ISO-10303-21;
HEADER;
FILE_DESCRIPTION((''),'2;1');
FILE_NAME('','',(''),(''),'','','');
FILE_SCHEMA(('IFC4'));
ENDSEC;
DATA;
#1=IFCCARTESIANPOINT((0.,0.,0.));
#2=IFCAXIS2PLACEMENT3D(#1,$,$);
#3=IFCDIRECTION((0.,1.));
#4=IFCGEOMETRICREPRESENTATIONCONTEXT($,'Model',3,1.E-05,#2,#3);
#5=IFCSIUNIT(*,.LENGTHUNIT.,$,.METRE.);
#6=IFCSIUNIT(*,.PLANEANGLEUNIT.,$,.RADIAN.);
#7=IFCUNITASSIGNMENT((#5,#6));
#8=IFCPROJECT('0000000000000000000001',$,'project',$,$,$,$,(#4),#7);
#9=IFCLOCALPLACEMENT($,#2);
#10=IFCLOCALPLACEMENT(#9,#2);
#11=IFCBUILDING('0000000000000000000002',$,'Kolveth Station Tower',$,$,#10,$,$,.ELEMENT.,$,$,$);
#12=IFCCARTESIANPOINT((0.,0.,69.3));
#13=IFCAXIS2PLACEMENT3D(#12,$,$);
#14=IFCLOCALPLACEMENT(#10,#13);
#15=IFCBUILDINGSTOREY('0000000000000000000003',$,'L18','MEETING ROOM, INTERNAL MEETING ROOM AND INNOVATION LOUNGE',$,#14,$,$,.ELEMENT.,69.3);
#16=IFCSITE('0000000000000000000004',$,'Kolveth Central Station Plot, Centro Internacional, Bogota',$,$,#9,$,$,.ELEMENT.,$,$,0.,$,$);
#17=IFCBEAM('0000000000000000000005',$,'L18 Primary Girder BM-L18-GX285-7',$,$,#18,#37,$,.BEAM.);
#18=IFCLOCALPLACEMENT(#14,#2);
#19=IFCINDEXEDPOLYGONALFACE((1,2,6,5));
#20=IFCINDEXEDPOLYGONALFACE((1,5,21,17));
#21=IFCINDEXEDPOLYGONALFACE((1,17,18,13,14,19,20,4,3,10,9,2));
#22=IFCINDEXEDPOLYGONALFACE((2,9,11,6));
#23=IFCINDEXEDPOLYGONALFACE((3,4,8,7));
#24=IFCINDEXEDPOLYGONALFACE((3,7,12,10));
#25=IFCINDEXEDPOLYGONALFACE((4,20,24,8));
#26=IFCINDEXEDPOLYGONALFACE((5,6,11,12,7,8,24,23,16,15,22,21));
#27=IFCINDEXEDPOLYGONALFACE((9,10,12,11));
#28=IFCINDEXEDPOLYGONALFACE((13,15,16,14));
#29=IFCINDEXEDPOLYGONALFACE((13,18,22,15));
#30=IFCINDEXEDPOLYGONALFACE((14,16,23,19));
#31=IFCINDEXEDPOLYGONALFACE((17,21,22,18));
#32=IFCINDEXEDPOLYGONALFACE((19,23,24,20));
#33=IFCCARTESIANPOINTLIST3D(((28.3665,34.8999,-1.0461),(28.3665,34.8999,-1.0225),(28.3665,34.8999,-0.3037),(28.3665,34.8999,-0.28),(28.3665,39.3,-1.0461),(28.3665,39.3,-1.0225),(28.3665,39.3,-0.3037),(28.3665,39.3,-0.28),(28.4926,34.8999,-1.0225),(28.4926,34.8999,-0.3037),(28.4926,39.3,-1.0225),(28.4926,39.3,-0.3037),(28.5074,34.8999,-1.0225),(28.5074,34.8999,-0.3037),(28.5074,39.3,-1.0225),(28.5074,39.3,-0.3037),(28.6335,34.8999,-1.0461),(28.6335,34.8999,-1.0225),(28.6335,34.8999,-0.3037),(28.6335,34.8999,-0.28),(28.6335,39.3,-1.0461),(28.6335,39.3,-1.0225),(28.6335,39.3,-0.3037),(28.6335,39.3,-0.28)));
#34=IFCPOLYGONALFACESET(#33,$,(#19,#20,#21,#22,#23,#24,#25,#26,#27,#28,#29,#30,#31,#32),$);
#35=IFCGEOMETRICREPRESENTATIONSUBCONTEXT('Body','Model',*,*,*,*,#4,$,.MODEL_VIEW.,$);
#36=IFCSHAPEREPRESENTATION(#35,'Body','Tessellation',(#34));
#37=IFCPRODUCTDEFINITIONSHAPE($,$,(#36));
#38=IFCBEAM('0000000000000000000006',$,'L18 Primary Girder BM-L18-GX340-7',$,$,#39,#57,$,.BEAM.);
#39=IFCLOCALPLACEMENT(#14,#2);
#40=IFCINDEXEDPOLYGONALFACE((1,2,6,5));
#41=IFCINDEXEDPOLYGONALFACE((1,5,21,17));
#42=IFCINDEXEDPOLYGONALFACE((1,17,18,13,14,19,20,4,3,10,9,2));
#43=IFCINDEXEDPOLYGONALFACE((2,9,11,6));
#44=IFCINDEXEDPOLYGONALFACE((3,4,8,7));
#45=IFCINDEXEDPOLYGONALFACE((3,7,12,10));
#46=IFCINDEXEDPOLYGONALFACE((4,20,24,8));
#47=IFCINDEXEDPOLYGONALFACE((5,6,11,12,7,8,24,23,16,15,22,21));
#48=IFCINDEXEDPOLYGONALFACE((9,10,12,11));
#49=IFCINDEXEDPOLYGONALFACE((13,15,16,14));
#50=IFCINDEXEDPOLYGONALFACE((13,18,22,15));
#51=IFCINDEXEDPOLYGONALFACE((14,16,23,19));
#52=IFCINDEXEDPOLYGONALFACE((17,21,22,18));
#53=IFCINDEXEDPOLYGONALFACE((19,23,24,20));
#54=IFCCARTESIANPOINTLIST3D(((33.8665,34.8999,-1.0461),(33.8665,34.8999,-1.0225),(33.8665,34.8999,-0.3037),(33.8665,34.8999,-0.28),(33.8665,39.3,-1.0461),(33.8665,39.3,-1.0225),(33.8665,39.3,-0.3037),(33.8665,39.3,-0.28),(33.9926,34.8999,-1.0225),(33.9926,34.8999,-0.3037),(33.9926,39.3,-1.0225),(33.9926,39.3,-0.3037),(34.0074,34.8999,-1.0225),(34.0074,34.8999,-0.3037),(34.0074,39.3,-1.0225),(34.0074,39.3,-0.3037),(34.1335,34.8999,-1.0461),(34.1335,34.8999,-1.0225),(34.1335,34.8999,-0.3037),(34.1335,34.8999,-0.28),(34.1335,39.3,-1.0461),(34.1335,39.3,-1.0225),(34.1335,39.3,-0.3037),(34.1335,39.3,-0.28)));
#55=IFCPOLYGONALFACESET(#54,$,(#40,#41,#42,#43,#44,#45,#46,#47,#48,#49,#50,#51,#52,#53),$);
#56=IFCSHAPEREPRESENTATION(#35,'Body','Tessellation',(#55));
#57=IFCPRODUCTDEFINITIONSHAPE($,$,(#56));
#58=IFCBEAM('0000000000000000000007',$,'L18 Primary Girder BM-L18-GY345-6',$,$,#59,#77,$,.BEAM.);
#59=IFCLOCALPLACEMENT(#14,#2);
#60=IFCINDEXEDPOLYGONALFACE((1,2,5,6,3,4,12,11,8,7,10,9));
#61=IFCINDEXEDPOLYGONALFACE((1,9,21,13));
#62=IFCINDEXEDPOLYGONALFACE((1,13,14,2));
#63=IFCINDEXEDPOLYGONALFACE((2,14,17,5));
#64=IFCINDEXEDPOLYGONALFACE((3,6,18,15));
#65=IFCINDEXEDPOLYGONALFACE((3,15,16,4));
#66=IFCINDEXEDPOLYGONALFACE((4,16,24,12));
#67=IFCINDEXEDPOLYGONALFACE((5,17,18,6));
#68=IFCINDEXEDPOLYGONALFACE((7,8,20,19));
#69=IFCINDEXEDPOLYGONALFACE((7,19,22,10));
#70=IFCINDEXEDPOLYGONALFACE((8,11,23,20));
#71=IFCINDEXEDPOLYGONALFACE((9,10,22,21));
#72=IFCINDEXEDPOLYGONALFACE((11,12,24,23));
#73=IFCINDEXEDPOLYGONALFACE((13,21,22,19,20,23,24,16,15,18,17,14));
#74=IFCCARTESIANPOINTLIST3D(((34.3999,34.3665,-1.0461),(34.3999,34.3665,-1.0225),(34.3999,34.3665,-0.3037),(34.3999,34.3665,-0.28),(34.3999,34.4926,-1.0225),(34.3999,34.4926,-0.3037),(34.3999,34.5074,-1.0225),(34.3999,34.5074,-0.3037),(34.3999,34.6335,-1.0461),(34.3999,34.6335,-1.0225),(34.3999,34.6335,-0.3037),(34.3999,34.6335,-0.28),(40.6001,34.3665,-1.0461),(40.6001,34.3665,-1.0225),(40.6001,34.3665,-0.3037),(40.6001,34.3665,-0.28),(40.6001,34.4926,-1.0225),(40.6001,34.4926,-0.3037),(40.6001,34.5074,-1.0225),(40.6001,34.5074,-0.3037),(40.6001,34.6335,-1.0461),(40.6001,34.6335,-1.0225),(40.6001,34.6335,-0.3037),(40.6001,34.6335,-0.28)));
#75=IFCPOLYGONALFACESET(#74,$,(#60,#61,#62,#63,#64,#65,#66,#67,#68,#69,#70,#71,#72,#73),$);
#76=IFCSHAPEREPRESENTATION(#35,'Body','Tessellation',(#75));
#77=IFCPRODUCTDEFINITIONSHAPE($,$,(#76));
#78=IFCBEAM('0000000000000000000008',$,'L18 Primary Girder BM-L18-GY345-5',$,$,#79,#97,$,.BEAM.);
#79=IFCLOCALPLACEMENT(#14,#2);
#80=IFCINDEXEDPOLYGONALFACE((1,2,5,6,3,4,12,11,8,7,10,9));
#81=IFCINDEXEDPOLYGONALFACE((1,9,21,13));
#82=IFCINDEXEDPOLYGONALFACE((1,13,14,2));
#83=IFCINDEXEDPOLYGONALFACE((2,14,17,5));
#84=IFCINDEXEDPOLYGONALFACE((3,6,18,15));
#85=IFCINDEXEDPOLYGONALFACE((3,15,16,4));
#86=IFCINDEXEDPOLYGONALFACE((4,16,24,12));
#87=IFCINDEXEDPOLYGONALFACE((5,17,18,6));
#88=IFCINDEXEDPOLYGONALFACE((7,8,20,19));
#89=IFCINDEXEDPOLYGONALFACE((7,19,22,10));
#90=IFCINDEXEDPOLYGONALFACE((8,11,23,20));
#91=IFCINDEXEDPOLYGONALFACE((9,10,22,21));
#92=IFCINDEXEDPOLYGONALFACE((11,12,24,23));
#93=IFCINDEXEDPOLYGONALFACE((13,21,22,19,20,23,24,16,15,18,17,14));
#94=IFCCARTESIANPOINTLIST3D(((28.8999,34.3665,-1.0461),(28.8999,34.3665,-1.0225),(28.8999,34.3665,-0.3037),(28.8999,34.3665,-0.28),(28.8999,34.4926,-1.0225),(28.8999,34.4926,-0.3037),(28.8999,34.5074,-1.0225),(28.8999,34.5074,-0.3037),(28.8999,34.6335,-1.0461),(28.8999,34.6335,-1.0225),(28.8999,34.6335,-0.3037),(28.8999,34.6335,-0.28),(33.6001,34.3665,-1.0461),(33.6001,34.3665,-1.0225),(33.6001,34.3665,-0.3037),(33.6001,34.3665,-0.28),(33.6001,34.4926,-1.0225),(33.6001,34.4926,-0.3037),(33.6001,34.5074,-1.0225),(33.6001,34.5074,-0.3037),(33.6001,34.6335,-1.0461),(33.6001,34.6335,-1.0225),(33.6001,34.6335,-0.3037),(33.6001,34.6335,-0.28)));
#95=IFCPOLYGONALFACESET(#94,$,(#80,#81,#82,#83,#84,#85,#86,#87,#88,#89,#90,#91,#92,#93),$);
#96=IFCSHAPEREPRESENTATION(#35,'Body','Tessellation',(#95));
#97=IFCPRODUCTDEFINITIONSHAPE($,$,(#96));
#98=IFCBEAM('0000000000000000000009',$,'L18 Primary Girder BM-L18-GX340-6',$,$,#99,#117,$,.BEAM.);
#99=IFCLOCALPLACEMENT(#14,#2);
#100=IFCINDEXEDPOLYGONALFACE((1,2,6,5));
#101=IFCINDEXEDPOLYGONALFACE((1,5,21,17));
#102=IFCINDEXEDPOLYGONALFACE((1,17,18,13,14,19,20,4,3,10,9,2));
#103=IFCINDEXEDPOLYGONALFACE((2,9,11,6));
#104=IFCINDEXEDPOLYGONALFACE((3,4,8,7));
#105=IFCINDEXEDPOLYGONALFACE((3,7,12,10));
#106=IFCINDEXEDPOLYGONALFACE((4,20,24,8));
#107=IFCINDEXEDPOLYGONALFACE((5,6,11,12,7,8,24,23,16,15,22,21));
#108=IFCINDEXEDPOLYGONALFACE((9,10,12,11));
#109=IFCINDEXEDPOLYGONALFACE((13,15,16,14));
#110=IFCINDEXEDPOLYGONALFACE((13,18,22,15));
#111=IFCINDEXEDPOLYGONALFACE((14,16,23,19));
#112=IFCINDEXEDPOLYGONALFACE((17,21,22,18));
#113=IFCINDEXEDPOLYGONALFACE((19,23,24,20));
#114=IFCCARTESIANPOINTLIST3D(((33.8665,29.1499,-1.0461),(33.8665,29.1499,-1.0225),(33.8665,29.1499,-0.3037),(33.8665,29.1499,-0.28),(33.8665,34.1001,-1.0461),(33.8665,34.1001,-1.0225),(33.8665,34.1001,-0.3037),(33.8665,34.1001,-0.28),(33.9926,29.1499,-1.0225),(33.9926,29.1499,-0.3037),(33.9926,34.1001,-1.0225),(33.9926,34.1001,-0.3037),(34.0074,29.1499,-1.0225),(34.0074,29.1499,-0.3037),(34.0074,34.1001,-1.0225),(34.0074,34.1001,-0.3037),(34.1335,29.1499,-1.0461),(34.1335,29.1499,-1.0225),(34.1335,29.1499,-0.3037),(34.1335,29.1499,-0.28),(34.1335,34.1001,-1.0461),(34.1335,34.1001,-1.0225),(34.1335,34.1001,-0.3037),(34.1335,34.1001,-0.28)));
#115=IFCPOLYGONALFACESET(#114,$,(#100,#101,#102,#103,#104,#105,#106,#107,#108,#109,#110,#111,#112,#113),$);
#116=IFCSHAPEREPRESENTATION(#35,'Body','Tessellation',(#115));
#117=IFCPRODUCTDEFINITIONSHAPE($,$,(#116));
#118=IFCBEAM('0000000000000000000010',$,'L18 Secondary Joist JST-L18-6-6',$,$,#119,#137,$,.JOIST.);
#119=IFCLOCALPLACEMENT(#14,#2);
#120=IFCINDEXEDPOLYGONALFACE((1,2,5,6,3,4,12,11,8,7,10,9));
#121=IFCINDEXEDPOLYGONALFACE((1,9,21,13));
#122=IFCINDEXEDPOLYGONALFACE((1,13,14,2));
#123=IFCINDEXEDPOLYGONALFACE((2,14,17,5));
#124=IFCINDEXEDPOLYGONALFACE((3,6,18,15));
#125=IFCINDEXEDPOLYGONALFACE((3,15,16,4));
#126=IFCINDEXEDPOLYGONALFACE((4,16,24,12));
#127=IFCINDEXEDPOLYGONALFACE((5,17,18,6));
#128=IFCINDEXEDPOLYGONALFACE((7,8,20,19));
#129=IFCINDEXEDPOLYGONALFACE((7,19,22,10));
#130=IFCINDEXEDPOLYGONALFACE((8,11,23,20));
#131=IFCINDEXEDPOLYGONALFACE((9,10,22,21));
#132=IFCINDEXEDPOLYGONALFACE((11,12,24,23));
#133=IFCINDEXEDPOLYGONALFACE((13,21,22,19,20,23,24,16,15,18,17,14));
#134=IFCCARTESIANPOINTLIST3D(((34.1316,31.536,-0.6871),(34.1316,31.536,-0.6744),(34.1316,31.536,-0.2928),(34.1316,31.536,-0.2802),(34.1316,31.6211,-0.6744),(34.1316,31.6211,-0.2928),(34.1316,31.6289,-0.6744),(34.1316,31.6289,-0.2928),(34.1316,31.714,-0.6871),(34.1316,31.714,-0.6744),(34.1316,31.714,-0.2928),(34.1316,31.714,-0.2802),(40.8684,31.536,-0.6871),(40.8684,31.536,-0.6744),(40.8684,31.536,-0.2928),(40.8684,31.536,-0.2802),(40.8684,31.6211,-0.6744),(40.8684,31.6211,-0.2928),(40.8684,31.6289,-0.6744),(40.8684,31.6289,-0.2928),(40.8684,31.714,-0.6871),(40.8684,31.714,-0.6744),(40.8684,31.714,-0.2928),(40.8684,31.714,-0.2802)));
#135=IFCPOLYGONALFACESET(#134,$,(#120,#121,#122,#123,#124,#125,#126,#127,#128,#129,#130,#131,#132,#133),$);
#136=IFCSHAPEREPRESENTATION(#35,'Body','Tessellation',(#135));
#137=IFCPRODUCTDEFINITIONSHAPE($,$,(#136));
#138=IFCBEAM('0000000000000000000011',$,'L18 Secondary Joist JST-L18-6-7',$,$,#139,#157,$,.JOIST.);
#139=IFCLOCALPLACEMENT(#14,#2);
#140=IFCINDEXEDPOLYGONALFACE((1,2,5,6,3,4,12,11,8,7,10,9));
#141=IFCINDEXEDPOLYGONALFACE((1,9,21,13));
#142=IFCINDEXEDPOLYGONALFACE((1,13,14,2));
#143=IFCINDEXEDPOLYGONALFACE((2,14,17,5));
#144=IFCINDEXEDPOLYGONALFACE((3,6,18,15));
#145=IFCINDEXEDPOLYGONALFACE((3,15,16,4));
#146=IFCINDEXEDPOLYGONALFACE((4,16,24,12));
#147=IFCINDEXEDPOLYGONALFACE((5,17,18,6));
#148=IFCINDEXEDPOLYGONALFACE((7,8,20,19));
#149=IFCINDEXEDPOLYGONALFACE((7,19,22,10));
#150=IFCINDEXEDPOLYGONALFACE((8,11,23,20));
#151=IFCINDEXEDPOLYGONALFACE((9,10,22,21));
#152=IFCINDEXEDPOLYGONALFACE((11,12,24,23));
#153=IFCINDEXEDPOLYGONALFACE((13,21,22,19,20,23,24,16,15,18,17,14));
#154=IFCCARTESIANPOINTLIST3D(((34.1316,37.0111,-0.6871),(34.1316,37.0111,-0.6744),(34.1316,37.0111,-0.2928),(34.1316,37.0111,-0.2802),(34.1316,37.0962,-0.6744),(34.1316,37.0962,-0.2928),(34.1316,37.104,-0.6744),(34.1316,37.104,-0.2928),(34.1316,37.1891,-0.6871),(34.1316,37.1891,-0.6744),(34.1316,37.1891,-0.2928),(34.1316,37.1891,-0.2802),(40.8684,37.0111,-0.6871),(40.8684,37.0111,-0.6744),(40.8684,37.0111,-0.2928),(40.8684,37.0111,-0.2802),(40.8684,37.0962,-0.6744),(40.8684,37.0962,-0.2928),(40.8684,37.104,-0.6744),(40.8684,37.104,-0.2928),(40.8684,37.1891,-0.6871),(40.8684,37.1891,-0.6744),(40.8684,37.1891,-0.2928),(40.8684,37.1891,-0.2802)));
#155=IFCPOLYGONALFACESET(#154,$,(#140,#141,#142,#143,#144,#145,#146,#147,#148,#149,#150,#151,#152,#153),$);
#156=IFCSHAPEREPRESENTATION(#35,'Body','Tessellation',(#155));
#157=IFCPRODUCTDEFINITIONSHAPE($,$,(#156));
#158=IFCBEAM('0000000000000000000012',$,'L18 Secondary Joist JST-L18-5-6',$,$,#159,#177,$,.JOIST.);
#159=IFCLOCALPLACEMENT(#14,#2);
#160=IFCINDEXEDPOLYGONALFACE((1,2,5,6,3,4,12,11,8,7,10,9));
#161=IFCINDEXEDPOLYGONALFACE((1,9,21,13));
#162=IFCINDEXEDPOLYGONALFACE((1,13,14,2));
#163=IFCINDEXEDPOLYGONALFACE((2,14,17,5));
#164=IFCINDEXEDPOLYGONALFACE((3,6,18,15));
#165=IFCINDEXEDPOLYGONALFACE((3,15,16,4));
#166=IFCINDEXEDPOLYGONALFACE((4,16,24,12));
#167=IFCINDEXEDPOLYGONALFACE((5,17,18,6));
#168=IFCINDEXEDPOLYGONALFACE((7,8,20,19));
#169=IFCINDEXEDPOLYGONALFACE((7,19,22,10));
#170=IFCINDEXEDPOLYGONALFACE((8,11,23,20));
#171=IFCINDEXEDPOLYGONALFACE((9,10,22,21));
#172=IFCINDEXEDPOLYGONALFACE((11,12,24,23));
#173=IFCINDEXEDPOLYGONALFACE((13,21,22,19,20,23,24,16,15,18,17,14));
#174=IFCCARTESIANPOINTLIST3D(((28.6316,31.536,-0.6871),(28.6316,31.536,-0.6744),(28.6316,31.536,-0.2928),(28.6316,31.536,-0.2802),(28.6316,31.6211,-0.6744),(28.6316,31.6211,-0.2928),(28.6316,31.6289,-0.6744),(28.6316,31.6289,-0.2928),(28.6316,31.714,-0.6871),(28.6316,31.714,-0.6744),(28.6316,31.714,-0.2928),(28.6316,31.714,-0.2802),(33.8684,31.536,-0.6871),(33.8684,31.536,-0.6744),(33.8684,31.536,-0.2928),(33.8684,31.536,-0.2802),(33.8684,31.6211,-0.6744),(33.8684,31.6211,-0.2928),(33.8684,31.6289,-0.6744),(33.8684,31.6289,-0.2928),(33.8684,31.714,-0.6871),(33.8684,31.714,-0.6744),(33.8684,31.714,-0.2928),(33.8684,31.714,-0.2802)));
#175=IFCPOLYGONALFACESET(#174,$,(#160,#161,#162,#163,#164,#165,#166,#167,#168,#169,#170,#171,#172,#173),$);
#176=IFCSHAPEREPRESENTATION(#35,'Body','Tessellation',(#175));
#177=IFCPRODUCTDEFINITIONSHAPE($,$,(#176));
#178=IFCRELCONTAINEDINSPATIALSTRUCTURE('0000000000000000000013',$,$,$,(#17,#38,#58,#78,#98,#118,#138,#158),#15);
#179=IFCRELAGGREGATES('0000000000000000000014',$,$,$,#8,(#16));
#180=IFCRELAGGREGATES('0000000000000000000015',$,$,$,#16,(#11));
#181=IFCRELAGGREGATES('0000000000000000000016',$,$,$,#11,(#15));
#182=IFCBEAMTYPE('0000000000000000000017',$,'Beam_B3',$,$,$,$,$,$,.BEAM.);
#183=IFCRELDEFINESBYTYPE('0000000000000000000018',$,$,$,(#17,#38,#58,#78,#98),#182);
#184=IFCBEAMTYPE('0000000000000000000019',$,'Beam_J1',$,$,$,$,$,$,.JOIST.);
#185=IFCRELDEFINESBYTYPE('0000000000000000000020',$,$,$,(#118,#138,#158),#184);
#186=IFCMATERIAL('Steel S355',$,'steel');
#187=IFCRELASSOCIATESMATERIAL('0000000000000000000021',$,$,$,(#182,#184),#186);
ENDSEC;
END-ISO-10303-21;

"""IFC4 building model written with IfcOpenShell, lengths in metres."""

from ifc_helpers import new_model, si_unit, direction, frame, origin, origin_2d, place, context, subcontext, project, spatial, i_section, extrude, source, transform, mapped, material, material_profile, profile_set, type_object, element, save


model = new_model("IFC4")

# Units and contexts
model_context = context("Model", 3, precision=1e-05, world=origin(), true_north=direction((0.0, 1.0)))
body_context = subcontext(model_context, "Body", "Model", "MODEL_VIEW")
ifc_project = project(units=[si_unit("LENGTHUNIT", "METRE"), si_unit("PLANEANGLEUNIT", "RADIAN")], contexts=[model_context])

# Site, building, storey
site_placement = place(None, origin())
site = spatial("IfcSite", under=ifc_project, at=site_placement, Name="Kolveth Central Station Plot, Centro Internacional, Bogota", CompositionType="ELEMENT", RefElevation=0.0)
building_placement = place(site_placement, origin())
building = spatial("IfcBuilding", under=site, at=building_placement, Name="Kolveth Station Tower", CompositionType="ELEMENT")
storey_placement = place(building_placement, frame((0.0, 0.0, 69.3)))
storey = spatial("IfcBuildingStorey", under=building, at=storey_placement, Name="L18", Description="MEETING ROOM, INTERNAL MEETING ROOM AND INNOVATION LOUNGE", CompositionType="ELEMENT", Elevation=69.3)

# Shared definitions
ifc_material_1 = material(Name="Steel S355", Category="steel")

# Beams
ifc_material_profile_1 = material_profile(ifc_material_1, i_section(OverallWidth=0.2671, OverallDepth=0.7661, WebThickness=0.0149, FlangeThickness=0.0237, at=origin_2d()), Name="W760x185")
ifc_profile_set_1 = profile_set([ifc_material_profile_1], Name="Steel S355")
beam_type_1 = type_object("IfcBeamType", Name="Beam_B3", PredefinedType="BEAM", material=ifc_profile_set_1)
shared_shape_1 = source(origin(), body_context, "Body", "SweptSolid", [
    extrude(i_section(OverallWidth=0.2671, OverallDepth=0.7661, WebThickness=0.0149, FlangeThickness=0.0237, at=origin_2d()), origin(), (0.0, 0.0, 1.0), 4.4001),
])
for number, where, z_axis, x_axis, name in (
    (1, (28.5, 34.8999, -0.6631), (0.0, 1.0, 0.0), (-1.0, 0.0, 0.0), "L18 Primary Girder BM-L18-GX285-7"),
    (2, (34.0, 34.8999, -0.6631), (0.0, 1.0, 0.0), (-1.0, 0.0, 0.0), "L18 Primary Girder BM-L18-GX340-7"),
):
    element("IfcBeam", number, at=place(storey_placement, frame(where, z_axis=z_axis, x_axis=x_axis)), inside=storey, type_object=beam_type_1, Name=name, PredefinedType="BEAM", context=body_context, shape_type="MappedRepresentation", body=[
        mapped(shared_shape_1, transform((0.0, 0.0, 0.0), x_axis=(1.0, 0.0, 0.0), y_axis=(0.0, 1.0, 0.0), z_axis=(0.0, 0.0, 1.0), scale=1.0)),
    ])
shared_shape_2 = source(origin(), body_context, "Body", "SweptSolid", [
    extrude(i_section(OverallWidth=0.2671, OverallDepth=0.7661, WebThickness=0.0149, FlangeThickness=0.0237, at=origin_2d()), origin(), (0.0, 0.0, 1.0), 6.2002),
])
beam_1_placement = place(storey_placement, frame((34.3999, 34.5, -0.6631), z_axis=(1.0, 0.0, 0.0), x_axis=(0.0, 1.0, 0.0)))
element("IfcBeam", 3, at=beam_1_placement, inside=storey, type_object=beam_type_1, Name="L18 Primary Girder BM-L18-GY345-6", PredefinedType="BEAM", context=body_context, shape_type="MappedRepresentation", body=[
    mapped(shared_shape_2, transform((0.0, 0.0, 0.0), x_axis=(1.0, 0.0, 0.0), y_axis=(0.0, 1.0, 0.0), z_axis=(0.0, 0.0, 1.0), scale=1.0)),
])
shared_shape_3 = source(origin(), body_context, "Body", "SweptSolid", [
    extrude(i_section(OverallWidth=0.2671, OverallDepth=0.7661, WebThickness=0.0149, FlangeThickness=0.0237, at=origin_2d()), origin(), (0.0, 0.0, 1.0), 4.7002),
])
beam_2_placement = place(storey_placement, frame((28.8999, 34.5, -0.6631), z_axis=(1.0, 0.0, 0.0), x_axis=(0.0, 1.0, 0.0)))
element("IfcBeam", 4, at=beam_2_placement, inside=storey, type_object=beam_type_1, Name="L18 Primary Girder BM-L18-GY345-5", PredefinedType="BEAM", context=body_context, shape_type="MappedRepresentation", body=[
    mapped(shared_shape_3, transform((0.0, 0.0, 0.0), x_axis=(1.0, 0.0, 0.0), y_axis=(0.0, 1.0, 0.0), z_axis=(0.0, 0.0, 1.0), scale=1.0)),
])
shared_shape_4 = source(origin(), body_context, "Body", "SweptSolid", [
    extrude(i_section(OverallWidth=0.2671, OverallDepth=0.7661, WebThickness=0.0149, FlangeThickness=0.0237, at=origin_2d()), origin(), (0.0, 0.0, 1.0), 4.9502),
])
beam_3_placement = place(storey_placement, frame((34.0, 29.1499, -0.6631), z_axis=(0.0, 1.0, 0.0), x_axis=(-1.0, 0.0, 0.0)))
element("IfcBeam", 5, at=beam_3_placement, inside=storey, type_object=beam_type_1, Name="L18 Primary Girder BM-L18-GX340-6", PredefinedType="BEAM", context=body_context, shape_type="MappedRepresentation", body=[
    mapped(shared_shape_4, transform((0.0, 0.0, 0.0), x_axis=(1.0, 0.0, 0.0), y_axis=(0.0, 1.0, 0.0), z_axis=(0.0, 0.0, 1.0), scale=1.0)),
])
ifc_material_profile_2 = material_profile(ifc_material_1, i_section(OverallWidth=0.178, OverallDepth=0.407, WebThickness=0.0078, FlangeThickness=0.0127, at=origin_2d()), Name="W410x60")
ifc_profile_set_2 = profile_set([ifc_material_profile_2], Name="Steel S355")
beam_type_2 = type_object("IfcBeamType", Name="Beam_J1", PredefinedType="JOIST", material=ifc_profile_set_2)
shared_shape_5 = source(origin(), body_context, "Body", "SweptSolid", [
    extrude(i_section(OverallWidth=0.178, OverallDepth=0.407, WebThickness=0.0078, FlangeThickness=0.0127, at=origin_2d()), origin(), (0.0, 0.0, 1.0), 6.7368),
])
for number, where, z_axis, x_axis, name in (
    (6, (34.1316, 31.625, -0.4836), (1.0, 0.0, 0.0), (0.0, 1.0, 0.0), "L18 Secondary Joist JST-L18-6-6"),
    (7, (34.1316, 37.1001, -0.4836), (1.0, 0.0, 0.0), (0.0, 1.0, 0.0), "L18 Secondary Joist JST-L18-6-7"),
):
    element("IfcBeam", number, at=place(storey_placement, frame(where, z_axis=z_axis, x_axis=x_axis)), inside=storey, type_object=beam_type_2, Name=name, PredefinedType="JOIST", context=body_context, shape_type="MappedRepresentation", body=[
        mapped(shared_shape_5, transform((0.0, 0.0, 0.0), x_axis=(1.0, 0.0, 0.0), y_axis=(0.0, 1.0, 0.0), z_axis=(0.0, 0.0, 1.0), scale=1.0)),
    ])
shared_shape_6 = source(origin(), body_context, "Body", "SweptSolid", [
    extrude(i_section(OverallWidth=0.178, OverallDepth=0.407, WebThickness=0.0078, FlangeThickness=0.0127, at=origin_2d()), origin(), (0.0, 0.0, 1.0), 5.2368),
])
for number, where, z_axis, x_axis, name in (
    (8, (28.6316, 31.625, -0.4836), (1.0, 0.0, 0.0), (0.0, 1.0, 0.0), "L18 Secondary Joist JST-L18-5-6"),
):
    element("IfcBeam", number, at=place(storey_placement, frame(where, z_axis=z_axis, x_axis=x_axis)), inside=storey, type_object=beam_type_2, Name=name, PredefinedType="JOIST", context=body_context, shape_type="MappedRepresentation", body=[
        mapped(shared_shape_6, transform((0.0, 0.0, 0.0), x_axis=(1.0, 0.0, 0.0), y_axis=(0.0, 1.0, 0.0), z_axis=(0.0, 0.0, 1.0), scale=1.0)),
    ])

save(model, "model.ifc")
